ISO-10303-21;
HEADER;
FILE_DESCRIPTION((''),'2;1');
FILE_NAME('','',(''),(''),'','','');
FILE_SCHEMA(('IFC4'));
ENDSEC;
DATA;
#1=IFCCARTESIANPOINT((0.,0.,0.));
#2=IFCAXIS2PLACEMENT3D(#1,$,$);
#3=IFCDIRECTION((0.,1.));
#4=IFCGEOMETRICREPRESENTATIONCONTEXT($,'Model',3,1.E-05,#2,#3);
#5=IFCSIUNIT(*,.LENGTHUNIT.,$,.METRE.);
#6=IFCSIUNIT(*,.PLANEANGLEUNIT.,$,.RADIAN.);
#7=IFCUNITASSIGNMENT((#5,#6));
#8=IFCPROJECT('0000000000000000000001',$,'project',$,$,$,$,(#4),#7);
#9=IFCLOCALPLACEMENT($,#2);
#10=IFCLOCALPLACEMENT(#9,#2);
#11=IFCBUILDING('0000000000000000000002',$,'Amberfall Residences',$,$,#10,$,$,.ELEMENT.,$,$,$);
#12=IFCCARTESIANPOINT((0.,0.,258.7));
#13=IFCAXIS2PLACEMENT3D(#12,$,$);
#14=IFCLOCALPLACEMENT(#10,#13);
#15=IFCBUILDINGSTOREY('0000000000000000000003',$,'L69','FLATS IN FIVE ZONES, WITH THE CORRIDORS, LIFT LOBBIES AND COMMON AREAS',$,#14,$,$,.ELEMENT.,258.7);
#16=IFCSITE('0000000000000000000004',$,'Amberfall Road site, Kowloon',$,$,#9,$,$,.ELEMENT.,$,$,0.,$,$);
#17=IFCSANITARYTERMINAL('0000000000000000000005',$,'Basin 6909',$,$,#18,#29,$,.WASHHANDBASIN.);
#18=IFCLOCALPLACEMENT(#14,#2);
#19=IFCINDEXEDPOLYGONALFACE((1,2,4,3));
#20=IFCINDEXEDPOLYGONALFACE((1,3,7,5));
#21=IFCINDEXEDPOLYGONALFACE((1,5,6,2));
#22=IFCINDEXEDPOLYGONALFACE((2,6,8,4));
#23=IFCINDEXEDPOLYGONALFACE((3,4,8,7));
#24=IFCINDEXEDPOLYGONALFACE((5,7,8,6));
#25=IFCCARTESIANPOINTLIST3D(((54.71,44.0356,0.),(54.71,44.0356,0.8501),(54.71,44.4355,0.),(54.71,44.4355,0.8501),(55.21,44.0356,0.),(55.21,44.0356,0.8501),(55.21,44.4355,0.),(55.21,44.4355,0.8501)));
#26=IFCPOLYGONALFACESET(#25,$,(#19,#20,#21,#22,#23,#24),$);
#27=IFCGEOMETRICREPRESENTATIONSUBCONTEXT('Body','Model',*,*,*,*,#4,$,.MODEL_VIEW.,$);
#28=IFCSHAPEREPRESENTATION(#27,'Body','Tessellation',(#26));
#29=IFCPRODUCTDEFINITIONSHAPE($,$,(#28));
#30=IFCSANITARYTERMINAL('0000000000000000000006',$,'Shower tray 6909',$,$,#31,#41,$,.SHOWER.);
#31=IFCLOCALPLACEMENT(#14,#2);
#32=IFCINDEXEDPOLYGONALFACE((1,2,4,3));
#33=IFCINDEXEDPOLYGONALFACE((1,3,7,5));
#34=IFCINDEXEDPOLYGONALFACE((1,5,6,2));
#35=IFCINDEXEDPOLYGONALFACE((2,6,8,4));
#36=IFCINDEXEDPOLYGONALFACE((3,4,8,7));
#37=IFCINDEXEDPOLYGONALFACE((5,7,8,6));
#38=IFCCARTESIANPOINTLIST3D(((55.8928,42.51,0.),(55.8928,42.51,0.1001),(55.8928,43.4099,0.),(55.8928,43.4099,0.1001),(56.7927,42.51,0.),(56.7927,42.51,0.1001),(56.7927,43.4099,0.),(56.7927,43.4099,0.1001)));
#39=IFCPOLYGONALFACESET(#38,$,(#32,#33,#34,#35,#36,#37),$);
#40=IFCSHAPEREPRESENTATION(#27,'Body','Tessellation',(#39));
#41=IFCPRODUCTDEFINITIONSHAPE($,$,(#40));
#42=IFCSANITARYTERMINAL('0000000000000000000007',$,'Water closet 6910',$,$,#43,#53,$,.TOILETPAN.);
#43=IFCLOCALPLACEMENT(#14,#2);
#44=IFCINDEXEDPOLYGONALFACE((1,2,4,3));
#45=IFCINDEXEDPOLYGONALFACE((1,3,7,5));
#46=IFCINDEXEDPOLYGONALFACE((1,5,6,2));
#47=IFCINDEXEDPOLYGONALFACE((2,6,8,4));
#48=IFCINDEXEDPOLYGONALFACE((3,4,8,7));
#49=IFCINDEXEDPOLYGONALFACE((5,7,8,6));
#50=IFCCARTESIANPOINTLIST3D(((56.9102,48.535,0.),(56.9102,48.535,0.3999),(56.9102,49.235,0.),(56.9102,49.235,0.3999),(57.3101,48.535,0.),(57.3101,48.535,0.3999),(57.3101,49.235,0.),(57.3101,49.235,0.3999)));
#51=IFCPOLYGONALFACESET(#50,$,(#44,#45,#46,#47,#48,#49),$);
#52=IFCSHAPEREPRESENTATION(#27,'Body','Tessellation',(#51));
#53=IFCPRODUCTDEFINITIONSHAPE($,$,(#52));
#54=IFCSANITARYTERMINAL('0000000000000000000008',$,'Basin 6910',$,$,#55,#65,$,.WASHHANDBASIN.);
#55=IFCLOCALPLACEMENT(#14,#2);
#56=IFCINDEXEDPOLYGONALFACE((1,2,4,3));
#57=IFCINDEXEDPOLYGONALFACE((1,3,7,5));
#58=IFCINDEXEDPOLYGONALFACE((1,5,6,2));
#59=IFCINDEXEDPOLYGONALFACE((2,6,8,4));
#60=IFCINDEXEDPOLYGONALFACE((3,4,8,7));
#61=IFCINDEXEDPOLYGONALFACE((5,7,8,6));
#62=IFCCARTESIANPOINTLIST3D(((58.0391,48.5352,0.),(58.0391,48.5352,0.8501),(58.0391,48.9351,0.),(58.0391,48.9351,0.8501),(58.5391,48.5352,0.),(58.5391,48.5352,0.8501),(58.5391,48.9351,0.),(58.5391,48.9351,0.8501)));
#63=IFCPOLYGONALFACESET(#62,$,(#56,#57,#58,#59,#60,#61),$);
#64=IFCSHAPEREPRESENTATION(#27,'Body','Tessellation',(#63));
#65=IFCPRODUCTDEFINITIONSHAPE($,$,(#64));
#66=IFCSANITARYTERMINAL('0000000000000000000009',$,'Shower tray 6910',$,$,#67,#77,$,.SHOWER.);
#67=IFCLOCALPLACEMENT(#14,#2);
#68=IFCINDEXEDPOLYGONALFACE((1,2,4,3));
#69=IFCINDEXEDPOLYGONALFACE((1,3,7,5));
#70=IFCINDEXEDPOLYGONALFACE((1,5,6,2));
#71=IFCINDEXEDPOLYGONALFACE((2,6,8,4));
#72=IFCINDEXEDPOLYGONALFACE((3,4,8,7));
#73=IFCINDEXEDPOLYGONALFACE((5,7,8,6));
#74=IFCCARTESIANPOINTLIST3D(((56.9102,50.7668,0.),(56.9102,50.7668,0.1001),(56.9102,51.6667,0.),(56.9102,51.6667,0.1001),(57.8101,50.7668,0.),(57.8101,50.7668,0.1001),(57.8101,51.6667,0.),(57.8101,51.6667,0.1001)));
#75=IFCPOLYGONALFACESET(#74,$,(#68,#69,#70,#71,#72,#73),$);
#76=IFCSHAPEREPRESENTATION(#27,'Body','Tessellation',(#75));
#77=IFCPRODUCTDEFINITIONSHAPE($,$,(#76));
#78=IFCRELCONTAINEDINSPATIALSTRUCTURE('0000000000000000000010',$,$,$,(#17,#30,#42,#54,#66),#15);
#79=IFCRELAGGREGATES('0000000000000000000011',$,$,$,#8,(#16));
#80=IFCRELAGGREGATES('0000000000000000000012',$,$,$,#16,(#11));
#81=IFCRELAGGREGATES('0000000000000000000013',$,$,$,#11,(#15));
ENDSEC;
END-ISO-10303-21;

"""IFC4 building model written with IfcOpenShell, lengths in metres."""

from ifc_helpers import new_model, si_unit, direction, frame, origin, origin_2d, place, context, subcontext, project, spatial, rectangle, extrude, element, save


model = new_model("IFC4")

# Units and contexts
model_context = context("Model", 3, precision=1e-05, world=origin(), true_north=direction((0.0, 1.0)))
body_context = subcontext(model_context, "Body", "Model", "MODEL_VIEW")
ifc_project = project(units=[si_unit("LENGTHUNIT", "METRE"), si_unit("PLANEANGLEUNIT", "RADIAN")], contexts=[model_context])

# Site, building, storey
site_placement = place(None, origin())
site = spatial("IfcSite", under=ifc_project, at=site_placement, Name="Amberfall Road site, Kowloon", CompositionType="ELEMENT", RefElevation=0.0)
building_placement = place(site_placement, origin())
building = spatial("IfcBuilding", under=site, at=building_placement, Name="Amberfall Residences", CompositionType="ELEMENT")
storey_placement = place(building_placement, frame((0.0, 0.0, 258.7)))
storey = spatial("IfcBuildingStorey", under=building, at=storey_placement, Name="L69", Description="FLATS IN FIVE ZONES, WITH THE CORRIDORS, LIFT LOBBIES AND COMMON AREAS", CompositionType="ELEMENT", Elevation=258.7)

# Sanitary terminals
sanitary_terminal_1_placement = place(storey_placement, frame((54.96, 44.2356, 0.0), z_axis=(0.0, 0.0, 1.0), x_axis=(1.0, 0.0, 0.0)))
element("IfcSanitaryTerminal", 1, at=sanitary_terminal_1_placement, inside=storey, Name="Basin 6909", PredefinedType="WASHHANDBASIN", context=body_context, shape_type="SweptSolid", body=[
    extrude(rectangle(XDim=0.5, YDim=0.3999, at=origin_2d()), origin(), (0.0, 0.0, 1.0), 0.8501),
])
sanitary_terminal_2_placement = place(storey_placement, frame((56.3428, 42.96, 0.0), z_axis=(0.0, 0.0, 1.0), x_axis=(1.0, 0.0, 0.0)))
element("IfcSanitaryTerminal", 2, at=sanitary_terminal_2_placement, inside=storey, Name="Shower tray 6909", PredefinedType="SHOWER", context=body_context, shape_type="SweptSolid", body=[
    extrude(rectangle(XDim=0.8999, YDim=0.8999, at=origin_2d()), origin(), (0.0, 0.0, 1.0), 0.1001),
])
sanitary_terminal_3_placement = place(storey_placement, frame((57.1101, 48.885, 0.0), z_axis=(0.0, 0.0, 1.0), x_axis=(1.0, 0.0, 0.0)))
element("IfcSanitaryTerminal", 3, at=sanitary_terminal_3_placement, inside=storey, Name="Water closet 6910", PredefinedType="TOILETPAN", context=body_context, shape_type="SweptSolid", body=[
    extrude(rectangle(XDim=0.3999, YDim=0.7, at=origin_2d()), origin(), (0.0, 0.0, 1.0), 0.3999),
])
sanitary_terminal_4_placement = place(storey_placement, frame((58.2891, 48.7351, 0.0), z_axis=(0.0, 0.0, 1.0), x_axis=(1.0, 0.0, 0.0)))
element("IfcSanitaryTerminal", 4, at=sanitary_terminal_4_placement, inside=storey, Name="Basin 6910", PredefinedType="WASHHANDBASIN", context=body_context, shape_type="SweptSolid", body=[
    extrude(rectangle(XDim=0.5, YDim=0.3999, at=origin_2d()), origin(), (0.0, 0.0, 1.0), 0.8501),
])
sanitary_terminal_5_placement = place(storey_placement, frame((57.3601, 51.2168, 0.0), z_axis=(0.0, 0.0, 1.0), x_axis=(1.0, 0.0, 0.0)))
element("IfcSanitaryTerminal", 5, at=sanitary_terminal_5_placement, inside=storey, Name="Shower tray 6910", PredefinedType="SHOWER", context=body_context, shape_type="SweptSolid", body=[
    extrude(rectangle(XDim=0.8999, YDim=0.8999, at=origin_2d()), origin(), (0.0, 0.0, 1.0), 0.1001),
])

save(model, "model.ifc")
